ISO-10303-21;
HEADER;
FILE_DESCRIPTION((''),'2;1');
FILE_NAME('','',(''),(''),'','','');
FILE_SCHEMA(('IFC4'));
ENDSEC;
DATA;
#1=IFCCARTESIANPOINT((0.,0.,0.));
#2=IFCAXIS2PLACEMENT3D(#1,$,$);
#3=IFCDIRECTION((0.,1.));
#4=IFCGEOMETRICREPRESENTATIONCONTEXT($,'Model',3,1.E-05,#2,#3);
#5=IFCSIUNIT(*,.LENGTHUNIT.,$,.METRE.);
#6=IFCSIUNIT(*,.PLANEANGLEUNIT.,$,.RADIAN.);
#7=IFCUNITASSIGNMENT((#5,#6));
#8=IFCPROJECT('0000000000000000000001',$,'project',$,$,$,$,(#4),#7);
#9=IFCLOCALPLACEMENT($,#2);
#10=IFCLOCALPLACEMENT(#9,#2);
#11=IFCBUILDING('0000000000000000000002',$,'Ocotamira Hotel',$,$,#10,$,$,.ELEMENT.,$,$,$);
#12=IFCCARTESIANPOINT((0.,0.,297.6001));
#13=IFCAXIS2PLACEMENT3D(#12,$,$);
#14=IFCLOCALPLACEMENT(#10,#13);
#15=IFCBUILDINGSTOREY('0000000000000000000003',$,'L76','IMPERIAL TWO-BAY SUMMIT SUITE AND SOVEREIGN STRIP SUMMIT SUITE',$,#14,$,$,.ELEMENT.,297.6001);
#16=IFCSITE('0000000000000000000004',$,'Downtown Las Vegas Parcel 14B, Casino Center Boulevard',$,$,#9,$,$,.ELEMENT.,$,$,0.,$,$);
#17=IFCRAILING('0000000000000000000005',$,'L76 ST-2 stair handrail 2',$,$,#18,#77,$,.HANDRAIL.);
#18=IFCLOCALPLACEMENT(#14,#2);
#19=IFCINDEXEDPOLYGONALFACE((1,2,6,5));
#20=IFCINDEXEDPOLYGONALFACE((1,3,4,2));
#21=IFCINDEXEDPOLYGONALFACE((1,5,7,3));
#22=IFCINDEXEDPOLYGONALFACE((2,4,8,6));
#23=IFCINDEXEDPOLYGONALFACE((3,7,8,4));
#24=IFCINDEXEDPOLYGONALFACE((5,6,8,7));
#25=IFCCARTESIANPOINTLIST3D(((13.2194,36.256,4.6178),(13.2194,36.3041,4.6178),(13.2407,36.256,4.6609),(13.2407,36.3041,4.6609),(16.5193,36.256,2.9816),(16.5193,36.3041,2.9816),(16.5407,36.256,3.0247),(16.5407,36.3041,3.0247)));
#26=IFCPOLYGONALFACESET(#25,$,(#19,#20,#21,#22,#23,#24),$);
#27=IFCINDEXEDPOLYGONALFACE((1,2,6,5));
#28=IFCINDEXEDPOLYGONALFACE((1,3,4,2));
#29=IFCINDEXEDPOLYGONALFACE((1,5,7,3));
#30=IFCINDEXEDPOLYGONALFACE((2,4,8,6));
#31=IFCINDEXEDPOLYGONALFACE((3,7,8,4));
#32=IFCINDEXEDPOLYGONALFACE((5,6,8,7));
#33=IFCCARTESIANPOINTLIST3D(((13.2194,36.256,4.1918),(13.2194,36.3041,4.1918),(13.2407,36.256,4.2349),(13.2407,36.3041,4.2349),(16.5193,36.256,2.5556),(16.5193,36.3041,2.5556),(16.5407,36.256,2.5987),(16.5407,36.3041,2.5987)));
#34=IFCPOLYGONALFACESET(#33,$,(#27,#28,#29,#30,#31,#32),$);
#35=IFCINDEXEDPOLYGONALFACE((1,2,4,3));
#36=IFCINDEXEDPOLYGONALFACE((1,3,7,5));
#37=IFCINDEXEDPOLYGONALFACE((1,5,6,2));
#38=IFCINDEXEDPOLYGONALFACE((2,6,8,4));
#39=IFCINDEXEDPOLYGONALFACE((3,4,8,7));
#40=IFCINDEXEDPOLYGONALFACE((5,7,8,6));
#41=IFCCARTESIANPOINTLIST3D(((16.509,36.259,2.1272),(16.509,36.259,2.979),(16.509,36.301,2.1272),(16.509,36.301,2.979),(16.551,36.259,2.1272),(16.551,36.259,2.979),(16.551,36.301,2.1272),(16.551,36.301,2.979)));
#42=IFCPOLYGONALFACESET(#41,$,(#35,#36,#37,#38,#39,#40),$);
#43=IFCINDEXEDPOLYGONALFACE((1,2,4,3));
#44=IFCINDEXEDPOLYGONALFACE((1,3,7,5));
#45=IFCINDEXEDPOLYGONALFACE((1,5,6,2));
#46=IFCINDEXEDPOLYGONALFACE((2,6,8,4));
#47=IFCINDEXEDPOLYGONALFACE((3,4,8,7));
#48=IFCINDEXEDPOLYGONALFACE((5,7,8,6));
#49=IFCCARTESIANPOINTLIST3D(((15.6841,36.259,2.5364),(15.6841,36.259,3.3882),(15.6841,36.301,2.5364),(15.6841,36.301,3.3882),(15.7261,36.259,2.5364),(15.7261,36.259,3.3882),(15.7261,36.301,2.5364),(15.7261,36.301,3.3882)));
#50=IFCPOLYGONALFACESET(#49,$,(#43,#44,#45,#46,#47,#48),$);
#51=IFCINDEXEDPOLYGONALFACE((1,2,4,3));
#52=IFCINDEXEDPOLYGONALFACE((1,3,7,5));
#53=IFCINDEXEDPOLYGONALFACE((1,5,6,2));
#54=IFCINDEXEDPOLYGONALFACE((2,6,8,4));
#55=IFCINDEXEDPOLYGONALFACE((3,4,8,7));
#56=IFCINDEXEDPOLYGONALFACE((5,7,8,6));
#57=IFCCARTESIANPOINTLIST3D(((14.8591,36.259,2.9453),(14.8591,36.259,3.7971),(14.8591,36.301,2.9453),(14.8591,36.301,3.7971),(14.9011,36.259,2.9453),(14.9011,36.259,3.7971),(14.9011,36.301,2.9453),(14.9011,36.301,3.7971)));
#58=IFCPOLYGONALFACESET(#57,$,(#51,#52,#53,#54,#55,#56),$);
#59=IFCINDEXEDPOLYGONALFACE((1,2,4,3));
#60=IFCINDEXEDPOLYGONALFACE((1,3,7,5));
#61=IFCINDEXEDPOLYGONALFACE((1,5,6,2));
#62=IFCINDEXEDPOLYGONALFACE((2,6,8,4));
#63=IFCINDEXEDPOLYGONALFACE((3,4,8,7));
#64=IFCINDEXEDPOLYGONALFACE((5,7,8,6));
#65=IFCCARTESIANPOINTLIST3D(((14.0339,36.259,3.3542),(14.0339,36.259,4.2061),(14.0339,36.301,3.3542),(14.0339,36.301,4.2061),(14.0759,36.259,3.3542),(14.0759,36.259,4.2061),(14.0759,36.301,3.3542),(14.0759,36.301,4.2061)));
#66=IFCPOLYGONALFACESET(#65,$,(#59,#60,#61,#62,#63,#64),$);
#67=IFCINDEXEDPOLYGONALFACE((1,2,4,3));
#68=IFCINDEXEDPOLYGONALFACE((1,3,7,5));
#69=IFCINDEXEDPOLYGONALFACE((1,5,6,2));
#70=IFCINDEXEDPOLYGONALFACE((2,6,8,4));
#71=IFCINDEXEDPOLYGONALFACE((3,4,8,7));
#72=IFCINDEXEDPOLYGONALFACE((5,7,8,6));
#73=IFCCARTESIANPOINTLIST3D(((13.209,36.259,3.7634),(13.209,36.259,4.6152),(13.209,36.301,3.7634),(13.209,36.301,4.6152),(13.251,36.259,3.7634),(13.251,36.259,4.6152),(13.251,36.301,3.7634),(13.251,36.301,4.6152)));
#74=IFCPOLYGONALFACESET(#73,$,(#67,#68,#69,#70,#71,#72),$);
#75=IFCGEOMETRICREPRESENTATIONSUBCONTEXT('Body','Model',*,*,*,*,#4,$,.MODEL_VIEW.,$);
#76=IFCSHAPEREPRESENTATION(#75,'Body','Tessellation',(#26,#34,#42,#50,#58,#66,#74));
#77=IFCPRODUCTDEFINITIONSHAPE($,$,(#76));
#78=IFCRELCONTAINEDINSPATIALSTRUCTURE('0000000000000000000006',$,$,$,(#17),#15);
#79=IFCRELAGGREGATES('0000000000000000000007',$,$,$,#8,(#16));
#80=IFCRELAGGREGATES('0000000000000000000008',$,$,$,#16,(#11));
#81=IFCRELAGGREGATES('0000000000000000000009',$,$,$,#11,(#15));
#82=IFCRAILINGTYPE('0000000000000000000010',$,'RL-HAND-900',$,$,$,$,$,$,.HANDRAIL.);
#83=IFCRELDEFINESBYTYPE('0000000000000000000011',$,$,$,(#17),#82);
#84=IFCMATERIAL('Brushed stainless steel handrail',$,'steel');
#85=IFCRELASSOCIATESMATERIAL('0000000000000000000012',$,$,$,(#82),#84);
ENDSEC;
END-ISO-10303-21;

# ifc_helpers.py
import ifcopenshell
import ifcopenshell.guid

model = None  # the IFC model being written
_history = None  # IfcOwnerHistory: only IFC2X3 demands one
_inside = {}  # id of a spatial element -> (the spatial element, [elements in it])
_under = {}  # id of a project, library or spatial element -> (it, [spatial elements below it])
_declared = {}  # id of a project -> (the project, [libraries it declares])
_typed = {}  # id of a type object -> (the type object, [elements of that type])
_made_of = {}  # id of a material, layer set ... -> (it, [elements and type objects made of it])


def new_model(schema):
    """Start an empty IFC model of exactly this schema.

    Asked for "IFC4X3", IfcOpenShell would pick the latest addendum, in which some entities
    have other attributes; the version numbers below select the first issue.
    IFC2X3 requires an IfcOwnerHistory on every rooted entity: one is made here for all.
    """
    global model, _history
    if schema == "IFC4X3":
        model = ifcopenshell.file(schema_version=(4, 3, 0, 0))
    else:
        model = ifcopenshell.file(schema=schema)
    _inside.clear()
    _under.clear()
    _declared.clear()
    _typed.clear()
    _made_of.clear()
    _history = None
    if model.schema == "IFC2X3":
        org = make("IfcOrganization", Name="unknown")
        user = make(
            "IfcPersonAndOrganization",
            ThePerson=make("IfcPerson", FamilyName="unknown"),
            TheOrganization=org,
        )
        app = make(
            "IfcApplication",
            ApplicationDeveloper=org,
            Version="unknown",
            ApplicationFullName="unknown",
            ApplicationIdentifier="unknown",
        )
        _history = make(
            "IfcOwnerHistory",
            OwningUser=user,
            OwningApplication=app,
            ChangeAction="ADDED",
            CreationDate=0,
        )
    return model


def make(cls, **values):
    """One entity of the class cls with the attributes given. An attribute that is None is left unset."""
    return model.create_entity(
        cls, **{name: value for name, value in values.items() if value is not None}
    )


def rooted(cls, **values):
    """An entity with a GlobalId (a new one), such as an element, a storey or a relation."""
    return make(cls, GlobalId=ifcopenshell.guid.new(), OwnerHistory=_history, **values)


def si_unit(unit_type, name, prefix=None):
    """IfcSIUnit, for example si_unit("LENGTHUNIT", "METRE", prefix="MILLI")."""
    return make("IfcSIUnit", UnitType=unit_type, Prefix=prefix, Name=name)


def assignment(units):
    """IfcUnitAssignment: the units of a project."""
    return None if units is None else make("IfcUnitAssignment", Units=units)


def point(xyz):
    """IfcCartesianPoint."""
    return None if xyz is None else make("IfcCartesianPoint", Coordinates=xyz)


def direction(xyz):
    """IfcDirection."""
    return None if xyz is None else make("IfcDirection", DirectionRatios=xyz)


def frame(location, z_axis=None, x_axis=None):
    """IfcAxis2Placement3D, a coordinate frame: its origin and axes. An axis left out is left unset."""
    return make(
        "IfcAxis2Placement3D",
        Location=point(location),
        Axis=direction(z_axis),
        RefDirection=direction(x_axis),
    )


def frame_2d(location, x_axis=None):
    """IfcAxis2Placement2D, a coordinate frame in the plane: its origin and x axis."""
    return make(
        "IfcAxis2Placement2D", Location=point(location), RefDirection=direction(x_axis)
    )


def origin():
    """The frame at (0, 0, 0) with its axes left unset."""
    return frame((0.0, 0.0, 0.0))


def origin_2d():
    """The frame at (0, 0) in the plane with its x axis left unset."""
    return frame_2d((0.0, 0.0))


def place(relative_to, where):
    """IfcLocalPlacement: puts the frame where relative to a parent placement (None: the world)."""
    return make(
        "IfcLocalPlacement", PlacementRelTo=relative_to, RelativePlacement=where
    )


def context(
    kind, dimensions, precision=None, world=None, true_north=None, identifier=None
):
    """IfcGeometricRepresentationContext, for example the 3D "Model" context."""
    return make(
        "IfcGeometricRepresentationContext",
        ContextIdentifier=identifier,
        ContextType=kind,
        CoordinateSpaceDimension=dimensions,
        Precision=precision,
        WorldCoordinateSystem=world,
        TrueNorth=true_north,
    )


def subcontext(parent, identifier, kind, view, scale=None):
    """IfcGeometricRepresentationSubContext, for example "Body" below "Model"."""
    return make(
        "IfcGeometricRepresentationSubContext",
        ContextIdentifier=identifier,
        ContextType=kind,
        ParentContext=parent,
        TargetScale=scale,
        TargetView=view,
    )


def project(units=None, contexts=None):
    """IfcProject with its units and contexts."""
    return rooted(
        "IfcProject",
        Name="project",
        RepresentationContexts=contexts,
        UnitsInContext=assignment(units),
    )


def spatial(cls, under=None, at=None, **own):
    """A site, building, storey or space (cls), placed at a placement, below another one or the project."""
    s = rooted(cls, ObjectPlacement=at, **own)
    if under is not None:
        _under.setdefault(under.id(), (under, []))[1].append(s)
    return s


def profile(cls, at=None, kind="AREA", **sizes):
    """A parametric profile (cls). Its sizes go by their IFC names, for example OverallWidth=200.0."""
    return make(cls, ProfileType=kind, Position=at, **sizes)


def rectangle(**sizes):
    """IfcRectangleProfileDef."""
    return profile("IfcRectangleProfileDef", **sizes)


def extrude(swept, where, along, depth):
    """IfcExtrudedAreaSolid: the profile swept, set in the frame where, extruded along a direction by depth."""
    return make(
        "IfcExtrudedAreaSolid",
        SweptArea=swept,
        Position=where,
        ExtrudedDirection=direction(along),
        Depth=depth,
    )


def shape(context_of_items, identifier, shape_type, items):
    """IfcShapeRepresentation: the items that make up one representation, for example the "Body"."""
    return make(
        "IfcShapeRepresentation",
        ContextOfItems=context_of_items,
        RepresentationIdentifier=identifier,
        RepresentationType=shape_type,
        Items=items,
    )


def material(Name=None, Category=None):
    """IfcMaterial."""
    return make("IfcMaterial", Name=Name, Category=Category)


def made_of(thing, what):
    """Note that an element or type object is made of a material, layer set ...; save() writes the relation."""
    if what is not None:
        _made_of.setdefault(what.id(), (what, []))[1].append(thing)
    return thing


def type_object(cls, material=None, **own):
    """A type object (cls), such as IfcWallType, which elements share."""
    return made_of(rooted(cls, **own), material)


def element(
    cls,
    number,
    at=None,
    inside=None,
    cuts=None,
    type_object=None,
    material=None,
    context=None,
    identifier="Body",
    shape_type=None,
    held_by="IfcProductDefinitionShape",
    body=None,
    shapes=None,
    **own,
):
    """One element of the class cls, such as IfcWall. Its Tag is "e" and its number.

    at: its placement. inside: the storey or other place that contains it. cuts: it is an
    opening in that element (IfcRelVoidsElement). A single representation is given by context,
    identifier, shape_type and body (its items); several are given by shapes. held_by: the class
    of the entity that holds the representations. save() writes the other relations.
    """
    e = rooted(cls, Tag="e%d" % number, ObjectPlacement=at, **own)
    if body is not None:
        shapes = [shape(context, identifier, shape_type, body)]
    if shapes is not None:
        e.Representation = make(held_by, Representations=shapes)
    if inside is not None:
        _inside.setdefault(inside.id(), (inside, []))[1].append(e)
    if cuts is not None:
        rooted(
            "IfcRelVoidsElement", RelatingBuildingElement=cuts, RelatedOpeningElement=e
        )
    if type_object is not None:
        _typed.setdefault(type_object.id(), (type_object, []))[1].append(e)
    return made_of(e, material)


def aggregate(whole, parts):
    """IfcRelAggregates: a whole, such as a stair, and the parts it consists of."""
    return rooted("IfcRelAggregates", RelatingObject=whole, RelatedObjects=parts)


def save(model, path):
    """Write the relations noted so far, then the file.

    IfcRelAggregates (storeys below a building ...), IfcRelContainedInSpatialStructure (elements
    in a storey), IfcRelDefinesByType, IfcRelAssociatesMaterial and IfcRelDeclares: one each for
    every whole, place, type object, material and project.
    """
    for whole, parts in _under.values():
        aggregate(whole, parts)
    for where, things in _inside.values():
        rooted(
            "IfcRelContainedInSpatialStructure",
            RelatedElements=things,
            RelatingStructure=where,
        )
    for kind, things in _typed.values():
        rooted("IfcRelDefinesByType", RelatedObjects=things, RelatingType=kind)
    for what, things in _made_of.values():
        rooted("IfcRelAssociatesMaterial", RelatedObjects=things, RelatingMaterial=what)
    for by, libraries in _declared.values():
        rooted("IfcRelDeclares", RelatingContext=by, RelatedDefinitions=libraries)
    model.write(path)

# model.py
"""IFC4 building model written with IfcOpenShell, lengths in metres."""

from ifc_helpers import new_model, si_unit, direction, frame, origin, origin_2d, place, context, subcontext, project, spatial, rectangle, extrude, material, type_object, element, save


model = new_model("IFC4")

# Units and contexts
model_context = context("Model", 3, precision=1e-05, world=origin(), true_north=direction((0.0, 1.0)))
body_context = subcontext(model_context, "Body", "Model", "MODEL_VIEW")
ifc_project = project(units=[si_unit("LENGTHUNIT", "METRE"), si_unit("PLANEANGLEUNIT", "RADIAN")], contexts=[model_context])

# Site, building, storey
site_placement = place(None, origin())
site = spatial("IfcSite", under=ifc_project, at=site_placement, Name="Downtown Las Vegas Parcel 14B, Casino Center Boulevard", CompositionType="ELEMENT", RefElevation=0.0)
building_placement = place(site_placement, origin())
building = spatial("IfcBuilding", under=site, at=building_placement, Name="Ocotamira Hotel", CompositionType="ELEMENT")
storey_placement = place(building_placement, frame((0.0, 0.0, 297.6001)))
storey = spatial("IfcBuildingStorey", under=building, at=storey_placement, Name="L76", Description="IMPERIAL TWO-BAY SUMMIT SUITE AND SOVEREIGN STRIP SUMMIT SUITE", CompositionType="ELEMENT", Elevation=297.6001)

# Railing
ifc_material_1 = material(Name="Brushed stainless steel handrail", Category="steel")
railing_type = type_object("IfcRailingType", Name="RL-HAND-900", PredefinedType="HANDRAIL", material=ifc_material_1)
railing_placement = place(storey_placement, frame((16.53, 36.28, 2.1272)))
element("IfcRailing", 1, at=railing_placement, inside=storey, type_object=railing_type, Name="L76 ST-2 stair handrail 2", PredefinedType="HANDRAIL", context=body_context, shape_type="SweptSolid", body=[
    extrude(rectangle(XDim=0.0481, YDim=0.0481, at=origin_2d()), frame((0.0, 0.0, 0.876), z_axis=(-0.89592, 0.0, 0.444215), x_axis=(0.0, -1.0, 0.0)), (0.0, 0.0, 1.0), 3.6833),
    extrude(rectangle(XDim=0.0481, YDim=0.0481, at=origin_2d()), frame((0.0, 0.0, 0.45), z_axis=(-0.89592, 0.0, 0.444215), x_axis=(0.0, -1.0, 0.0)), (0.0, 0.0, 1.0), 3.6833),
    extrude(rectangle(XDim=0.042, YDim=0.042, at=origin_2d()), origin(), (0.0, 0.0, 1.0), 0.8518),
    extrude(rectangle(XDim=0.042, YDim=0.042, at=origin_2d()), frame((-0.825, 0.0, 0.4092)), (0.0, 0.0, 1.0), 0.8518),
    extrude(rectangle(XDim=0.042, YDim=0.042, at=origin_2d()), frame((-1.6499, 0.0, 0.8181)), (0.0, 0.0, 1.0), 0.8518),
    extrude(rectangle(XDim=0.042, YDim=0.042, at=origin_2d()), frame((-2.4751, 0.0, 1.2271)), (0.0, 0.0, 1.0), 0.8518),
    extrude(rectangle(XDim=0.042, YDim=0.042, at=origin_2d()), frame((-3.3, 0.0, 1.6362)), (0.0, 0.0, 1.0), 0.8518),
])

save(model, "model.ifc")
